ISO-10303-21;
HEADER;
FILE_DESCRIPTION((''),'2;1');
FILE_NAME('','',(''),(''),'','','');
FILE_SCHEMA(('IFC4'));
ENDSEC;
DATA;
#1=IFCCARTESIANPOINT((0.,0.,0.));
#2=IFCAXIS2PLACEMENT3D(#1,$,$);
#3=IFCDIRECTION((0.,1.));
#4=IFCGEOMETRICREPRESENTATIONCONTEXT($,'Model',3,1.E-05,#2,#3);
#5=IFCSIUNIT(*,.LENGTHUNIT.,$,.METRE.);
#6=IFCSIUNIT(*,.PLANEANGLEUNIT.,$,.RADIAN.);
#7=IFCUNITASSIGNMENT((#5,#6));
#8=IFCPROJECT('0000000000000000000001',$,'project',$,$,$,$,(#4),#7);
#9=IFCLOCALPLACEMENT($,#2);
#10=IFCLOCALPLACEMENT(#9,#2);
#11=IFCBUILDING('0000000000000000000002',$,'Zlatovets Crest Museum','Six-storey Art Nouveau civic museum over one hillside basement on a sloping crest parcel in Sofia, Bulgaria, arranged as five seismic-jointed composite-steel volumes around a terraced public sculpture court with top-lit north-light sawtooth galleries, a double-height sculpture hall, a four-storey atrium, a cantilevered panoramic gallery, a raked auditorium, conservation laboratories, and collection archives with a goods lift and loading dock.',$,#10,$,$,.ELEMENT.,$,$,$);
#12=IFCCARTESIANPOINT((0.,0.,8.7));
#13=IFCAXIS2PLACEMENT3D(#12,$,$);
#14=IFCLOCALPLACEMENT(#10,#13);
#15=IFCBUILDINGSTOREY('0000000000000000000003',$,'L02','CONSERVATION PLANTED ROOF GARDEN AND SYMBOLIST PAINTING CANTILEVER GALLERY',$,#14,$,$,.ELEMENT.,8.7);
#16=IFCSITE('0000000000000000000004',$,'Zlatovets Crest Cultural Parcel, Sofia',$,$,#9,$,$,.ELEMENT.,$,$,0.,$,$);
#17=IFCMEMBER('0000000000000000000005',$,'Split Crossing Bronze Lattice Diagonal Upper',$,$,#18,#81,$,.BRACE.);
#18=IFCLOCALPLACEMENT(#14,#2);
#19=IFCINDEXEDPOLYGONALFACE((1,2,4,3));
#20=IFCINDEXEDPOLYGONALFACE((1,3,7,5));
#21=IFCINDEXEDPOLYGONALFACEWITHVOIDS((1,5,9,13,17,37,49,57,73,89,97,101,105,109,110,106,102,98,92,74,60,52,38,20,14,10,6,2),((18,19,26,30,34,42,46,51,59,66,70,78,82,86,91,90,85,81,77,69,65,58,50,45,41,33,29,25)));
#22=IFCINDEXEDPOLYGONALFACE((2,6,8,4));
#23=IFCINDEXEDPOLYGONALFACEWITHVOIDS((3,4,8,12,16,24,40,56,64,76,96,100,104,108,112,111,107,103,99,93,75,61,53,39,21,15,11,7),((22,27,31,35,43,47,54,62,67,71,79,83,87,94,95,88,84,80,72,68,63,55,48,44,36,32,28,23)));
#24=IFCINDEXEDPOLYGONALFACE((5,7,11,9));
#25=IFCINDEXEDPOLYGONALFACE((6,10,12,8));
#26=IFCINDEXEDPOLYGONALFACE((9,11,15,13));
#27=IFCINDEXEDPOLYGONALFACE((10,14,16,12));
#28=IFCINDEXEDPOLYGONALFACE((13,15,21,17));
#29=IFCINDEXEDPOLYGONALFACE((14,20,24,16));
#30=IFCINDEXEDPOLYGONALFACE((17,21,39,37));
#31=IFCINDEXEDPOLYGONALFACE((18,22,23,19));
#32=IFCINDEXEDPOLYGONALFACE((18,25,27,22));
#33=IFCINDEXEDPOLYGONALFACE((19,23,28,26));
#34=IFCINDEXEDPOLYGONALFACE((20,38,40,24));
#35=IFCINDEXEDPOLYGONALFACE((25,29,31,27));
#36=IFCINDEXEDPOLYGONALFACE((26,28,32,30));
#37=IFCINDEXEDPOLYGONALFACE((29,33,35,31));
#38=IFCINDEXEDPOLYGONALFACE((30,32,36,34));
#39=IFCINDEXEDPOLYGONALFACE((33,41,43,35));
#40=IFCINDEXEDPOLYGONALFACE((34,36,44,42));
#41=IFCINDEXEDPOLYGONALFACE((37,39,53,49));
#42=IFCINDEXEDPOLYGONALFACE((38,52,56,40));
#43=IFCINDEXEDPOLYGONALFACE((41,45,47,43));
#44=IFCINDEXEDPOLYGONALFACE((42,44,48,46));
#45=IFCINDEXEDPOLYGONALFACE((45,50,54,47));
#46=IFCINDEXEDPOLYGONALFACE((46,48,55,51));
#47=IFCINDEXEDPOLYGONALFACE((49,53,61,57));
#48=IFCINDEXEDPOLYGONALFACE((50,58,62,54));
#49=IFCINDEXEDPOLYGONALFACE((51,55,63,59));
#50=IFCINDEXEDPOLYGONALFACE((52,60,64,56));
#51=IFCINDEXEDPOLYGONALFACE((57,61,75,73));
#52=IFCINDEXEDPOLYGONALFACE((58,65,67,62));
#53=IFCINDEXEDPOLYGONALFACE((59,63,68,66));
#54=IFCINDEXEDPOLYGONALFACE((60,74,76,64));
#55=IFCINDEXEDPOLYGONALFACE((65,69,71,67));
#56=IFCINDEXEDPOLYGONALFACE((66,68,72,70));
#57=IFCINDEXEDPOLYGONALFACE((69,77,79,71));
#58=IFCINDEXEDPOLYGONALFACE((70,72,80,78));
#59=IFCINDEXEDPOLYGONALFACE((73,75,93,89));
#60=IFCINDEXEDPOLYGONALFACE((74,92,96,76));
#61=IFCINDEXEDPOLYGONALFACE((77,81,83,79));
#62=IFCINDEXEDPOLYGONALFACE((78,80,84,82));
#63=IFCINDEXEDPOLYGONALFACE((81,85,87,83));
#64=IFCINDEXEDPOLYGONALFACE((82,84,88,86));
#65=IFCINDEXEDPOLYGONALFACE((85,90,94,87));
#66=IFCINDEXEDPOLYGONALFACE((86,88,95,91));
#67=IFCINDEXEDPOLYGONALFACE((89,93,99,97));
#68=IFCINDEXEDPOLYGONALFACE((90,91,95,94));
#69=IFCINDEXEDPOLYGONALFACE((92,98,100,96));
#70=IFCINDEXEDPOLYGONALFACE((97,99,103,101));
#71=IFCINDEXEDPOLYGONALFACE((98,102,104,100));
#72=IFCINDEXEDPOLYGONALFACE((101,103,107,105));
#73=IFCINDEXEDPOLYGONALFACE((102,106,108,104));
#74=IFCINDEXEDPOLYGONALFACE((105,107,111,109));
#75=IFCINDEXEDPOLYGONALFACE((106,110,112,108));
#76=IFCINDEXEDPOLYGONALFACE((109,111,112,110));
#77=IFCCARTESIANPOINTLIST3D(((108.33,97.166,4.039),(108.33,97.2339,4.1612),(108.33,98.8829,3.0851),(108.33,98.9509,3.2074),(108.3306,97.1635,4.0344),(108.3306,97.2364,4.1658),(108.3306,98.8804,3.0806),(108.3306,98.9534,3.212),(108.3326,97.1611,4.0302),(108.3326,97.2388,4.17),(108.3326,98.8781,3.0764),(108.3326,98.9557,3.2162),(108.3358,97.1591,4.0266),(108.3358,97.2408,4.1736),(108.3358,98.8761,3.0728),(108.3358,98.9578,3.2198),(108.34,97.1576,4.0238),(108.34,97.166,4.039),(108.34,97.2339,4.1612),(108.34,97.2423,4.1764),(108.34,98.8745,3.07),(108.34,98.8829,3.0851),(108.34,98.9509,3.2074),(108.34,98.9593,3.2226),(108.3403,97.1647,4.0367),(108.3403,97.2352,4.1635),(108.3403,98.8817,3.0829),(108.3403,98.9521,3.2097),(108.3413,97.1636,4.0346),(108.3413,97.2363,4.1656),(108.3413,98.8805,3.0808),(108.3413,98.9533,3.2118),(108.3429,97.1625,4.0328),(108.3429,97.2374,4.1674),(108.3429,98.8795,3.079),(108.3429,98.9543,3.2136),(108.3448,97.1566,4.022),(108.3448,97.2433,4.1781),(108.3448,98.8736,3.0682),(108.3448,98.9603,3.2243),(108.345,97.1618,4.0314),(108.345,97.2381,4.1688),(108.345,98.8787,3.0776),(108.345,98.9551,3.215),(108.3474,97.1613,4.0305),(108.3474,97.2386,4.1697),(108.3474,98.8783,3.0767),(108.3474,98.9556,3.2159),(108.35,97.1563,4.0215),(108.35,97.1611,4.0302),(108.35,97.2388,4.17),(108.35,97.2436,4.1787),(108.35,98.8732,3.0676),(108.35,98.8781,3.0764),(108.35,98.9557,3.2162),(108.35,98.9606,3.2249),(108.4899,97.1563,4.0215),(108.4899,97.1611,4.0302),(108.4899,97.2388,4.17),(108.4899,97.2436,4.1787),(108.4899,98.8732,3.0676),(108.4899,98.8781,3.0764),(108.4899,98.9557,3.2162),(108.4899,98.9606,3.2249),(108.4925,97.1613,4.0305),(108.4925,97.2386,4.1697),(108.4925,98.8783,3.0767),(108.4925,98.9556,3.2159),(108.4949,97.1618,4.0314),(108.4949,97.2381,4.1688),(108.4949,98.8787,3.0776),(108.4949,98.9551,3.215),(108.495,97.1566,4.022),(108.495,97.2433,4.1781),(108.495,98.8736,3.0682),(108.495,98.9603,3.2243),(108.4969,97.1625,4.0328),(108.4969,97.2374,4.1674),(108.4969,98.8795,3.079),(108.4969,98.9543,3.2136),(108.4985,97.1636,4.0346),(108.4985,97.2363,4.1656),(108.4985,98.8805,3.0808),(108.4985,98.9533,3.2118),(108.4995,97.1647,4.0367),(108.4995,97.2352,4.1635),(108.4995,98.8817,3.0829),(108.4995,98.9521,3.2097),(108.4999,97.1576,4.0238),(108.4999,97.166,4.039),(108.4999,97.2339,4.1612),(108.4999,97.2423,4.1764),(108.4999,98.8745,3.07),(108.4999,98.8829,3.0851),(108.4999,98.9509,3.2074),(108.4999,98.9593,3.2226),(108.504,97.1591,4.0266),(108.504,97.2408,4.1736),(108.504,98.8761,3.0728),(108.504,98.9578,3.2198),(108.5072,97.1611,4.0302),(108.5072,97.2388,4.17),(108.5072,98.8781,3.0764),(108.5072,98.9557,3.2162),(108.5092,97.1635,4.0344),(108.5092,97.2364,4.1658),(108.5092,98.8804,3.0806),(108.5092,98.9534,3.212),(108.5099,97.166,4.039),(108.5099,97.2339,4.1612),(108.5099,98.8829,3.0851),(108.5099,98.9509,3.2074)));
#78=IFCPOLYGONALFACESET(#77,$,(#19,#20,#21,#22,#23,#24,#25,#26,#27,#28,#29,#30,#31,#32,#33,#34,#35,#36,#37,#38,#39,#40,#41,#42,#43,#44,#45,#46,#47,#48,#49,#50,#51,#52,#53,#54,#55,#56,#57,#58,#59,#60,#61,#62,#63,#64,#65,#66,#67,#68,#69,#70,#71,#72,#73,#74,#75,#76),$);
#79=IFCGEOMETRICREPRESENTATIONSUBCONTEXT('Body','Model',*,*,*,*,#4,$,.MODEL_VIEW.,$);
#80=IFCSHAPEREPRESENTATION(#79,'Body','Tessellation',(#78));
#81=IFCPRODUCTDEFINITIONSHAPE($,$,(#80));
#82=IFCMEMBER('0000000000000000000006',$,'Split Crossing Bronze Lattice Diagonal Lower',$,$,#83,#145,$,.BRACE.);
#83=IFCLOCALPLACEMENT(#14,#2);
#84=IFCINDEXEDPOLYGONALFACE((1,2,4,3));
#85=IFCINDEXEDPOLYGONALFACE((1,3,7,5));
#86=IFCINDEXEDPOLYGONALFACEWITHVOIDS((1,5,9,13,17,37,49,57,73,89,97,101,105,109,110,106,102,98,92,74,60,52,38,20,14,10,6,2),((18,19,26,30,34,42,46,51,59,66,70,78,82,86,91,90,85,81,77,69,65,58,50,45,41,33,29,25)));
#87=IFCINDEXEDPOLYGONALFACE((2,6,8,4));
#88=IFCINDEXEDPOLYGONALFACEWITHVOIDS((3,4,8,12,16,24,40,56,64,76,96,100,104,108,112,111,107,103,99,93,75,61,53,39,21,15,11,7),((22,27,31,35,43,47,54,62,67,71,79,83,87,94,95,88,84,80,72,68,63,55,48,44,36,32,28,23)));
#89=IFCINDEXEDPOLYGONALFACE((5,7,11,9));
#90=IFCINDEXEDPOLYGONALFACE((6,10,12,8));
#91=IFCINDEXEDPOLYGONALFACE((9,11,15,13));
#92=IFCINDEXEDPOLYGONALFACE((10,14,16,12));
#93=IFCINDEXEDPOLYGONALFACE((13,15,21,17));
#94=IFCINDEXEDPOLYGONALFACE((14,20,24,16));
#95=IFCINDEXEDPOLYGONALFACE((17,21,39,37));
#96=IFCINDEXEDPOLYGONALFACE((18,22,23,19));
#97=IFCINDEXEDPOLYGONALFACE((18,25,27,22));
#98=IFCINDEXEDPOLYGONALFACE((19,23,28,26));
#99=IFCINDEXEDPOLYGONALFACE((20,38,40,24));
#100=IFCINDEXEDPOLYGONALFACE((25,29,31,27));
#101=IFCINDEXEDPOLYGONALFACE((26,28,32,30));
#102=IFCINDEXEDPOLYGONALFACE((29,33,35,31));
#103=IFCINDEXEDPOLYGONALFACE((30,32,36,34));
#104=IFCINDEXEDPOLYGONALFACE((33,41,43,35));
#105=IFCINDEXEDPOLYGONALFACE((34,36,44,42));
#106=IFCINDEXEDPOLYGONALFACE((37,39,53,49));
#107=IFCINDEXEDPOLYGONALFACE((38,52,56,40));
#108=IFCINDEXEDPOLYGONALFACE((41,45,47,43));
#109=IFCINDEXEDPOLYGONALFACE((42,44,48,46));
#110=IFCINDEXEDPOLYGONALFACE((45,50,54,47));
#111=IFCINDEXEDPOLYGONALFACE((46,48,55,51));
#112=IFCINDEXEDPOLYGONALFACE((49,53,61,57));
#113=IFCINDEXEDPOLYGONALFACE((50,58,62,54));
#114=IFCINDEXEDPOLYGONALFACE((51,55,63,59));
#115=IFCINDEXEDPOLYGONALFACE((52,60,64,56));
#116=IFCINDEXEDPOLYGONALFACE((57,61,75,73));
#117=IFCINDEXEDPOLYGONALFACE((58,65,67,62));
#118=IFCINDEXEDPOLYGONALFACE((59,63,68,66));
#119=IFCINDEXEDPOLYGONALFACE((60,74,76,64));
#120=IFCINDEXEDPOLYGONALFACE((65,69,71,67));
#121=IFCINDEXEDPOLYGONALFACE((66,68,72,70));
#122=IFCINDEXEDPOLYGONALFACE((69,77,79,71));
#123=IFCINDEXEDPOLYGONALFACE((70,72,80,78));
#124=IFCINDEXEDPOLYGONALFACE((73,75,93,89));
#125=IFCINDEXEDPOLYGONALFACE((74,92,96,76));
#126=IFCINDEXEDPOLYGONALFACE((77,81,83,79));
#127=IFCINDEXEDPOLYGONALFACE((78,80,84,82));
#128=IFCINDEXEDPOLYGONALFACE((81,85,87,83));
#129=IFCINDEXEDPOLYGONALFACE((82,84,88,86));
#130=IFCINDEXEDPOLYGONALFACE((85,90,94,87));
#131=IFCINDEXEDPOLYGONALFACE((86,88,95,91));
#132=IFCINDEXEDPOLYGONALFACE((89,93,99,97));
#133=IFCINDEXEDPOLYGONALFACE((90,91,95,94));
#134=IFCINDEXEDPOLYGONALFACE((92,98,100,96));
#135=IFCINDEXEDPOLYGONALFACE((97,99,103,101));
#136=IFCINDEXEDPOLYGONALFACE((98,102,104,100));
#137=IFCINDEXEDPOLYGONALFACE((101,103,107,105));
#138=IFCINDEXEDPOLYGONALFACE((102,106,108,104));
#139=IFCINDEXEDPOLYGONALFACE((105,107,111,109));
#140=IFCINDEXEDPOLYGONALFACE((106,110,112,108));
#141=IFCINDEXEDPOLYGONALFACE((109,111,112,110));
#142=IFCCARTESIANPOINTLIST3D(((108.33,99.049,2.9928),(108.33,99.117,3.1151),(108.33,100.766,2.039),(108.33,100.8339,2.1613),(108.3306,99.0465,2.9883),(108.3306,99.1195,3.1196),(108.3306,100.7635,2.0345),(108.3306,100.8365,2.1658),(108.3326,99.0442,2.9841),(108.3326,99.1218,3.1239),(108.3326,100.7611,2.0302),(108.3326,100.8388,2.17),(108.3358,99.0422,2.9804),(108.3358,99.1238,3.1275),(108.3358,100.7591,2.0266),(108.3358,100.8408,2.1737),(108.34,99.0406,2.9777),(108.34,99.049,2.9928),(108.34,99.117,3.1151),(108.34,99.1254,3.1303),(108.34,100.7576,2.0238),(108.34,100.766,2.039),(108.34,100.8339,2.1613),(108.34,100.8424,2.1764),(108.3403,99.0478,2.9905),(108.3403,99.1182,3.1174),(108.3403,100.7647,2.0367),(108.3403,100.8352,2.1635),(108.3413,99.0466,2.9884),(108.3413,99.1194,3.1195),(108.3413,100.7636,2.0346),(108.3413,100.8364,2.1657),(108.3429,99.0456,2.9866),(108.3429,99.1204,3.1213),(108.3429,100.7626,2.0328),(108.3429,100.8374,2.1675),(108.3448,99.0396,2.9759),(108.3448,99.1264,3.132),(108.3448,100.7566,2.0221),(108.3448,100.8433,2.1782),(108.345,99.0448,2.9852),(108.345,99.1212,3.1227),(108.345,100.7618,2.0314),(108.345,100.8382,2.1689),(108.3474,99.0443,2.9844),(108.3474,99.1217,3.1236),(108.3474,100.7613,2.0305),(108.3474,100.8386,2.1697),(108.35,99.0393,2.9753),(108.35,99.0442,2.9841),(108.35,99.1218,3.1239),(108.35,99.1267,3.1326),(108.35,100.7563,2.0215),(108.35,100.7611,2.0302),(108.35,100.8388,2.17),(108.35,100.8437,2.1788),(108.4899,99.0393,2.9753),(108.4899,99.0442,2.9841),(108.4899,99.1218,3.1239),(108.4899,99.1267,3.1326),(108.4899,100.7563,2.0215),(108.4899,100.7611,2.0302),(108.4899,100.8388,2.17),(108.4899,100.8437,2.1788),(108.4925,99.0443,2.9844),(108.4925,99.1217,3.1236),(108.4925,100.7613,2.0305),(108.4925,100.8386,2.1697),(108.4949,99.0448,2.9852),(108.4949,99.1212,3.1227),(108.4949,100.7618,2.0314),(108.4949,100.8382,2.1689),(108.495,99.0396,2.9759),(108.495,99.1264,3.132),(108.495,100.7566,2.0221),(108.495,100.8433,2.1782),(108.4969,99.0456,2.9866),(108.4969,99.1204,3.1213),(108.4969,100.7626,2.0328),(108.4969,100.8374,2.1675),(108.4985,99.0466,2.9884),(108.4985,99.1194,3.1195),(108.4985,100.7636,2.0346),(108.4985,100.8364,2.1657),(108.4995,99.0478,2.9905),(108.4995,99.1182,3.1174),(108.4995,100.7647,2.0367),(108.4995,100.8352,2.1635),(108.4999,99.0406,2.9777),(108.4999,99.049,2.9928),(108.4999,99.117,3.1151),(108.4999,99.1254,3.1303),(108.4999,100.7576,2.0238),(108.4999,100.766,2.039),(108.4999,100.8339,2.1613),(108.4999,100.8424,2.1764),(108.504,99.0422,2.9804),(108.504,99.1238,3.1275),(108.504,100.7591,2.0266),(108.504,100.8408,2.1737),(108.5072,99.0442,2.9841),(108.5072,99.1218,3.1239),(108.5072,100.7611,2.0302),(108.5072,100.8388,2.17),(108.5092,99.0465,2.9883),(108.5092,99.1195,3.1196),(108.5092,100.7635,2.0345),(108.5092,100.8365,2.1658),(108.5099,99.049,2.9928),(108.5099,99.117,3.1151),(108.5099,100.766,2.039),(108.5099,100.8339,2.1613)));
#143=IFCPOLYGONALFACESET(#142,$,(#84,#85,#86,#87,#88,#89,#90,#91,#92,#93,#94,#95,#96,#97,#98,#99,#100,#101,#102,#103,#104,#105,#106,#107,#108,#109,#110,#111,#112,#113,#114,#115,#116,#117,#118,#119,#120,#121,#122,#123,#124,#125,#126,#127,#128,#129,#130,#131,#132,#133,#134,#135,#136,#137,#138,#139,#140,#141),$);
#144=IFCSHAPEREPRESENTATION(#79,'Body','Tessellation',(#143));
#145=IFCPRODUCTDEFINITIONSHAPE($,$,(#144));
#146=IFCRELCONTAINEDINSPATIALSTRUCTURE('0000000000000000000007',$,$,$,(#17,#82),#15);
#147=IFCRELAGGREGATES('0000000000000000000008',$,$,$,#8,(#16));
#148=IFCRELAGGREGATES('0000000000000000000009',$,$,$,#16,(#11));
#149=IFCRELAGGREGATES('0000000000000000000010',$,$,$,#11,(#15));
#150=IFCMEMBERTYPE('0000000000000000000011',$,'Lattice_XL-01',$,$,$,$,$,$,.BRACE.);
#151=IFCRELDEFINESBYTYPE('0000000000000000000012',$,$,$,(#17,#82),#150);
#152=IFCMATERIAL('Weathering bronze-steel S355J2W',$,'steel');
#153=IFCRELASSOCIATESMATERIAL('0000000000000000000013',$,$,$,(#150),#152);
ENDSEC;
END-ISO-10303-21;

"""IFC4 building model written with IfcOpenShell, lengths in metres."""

from ifc_helpers import new_model, si_unit, direction, frame, origin, origin_2d, place, context, subcontext, project, spatial, hollow_rectangle, extrude, material, material_profile, profile_set, type_object, element, save


model = new_model("IFC4")

# Units and contexts
model_context = context("Model", 3, precision=1e-05, world=origin(), true_north=direction((0.0, 1.0)))
body_context = subcontext(model_context, "Body", "Model", "MODEL_VIEW")
ifc_project = project(units=[si_unit("LENGTHUNIT", "METRE"), si_unit("PLANEANGLEUNIT", "RADIAN")], contexts=[model_context])

# Site, building, storey
site_placement = place(None, origin())
site = spatial("IfcSite", under=ifc_project, at=site_placement, Name="Zlatovets Crest Cultural Parcel, Sofia", CompositionType="ELEMENT", RefElevation=0.0)
building_placement = place(site_placement, origin())
building = spatial("IfcBuilding", under=site, at=building_placement, Name="Zlatovets Crest Museum", Description="Six-storey Art Nouveau civic museum over one hillside basement on a sloping crest parcel in Sofia, Bulgaria, arranged as five seismic-jointed composite-steel volumes around a terraced public sculpture court with top-lit north-light sawtooth galleries, a double-height sculpture hall, a four-storey atrium, a cantilevered panoramic gallery, a raked auditorium, conservation laboratories, and collection archives with a goods lift and loading dock.", CompositionType="ELEMENT")
storey_placement = place(building_placement, frame((0.0, 0.0, 8.7)))
storey = spatial("IfcBuildingStorey", under=building, at=storey_placement, Name="L02", Description="CONSERVATION PLANTED ROOF GARDEN AND SYMBOLIST PAINTING CANTILEVER GALLERY", CompositionType="ELEMENT", Elevation=8.7)

# Members
ifc_material_1 = material(Name="Weathering bronze-steel S355J2W", Category="steel")
ifc_material_profile_1 = material_profile(ifc_material_1, hollow_rectangle(XDim=0.1799, YDim=0.1799, WallThickness=0.01, InnerFilletRadius=0.01, OuterFilletRadius=0.02, at=origin_2d()), Name="SHS 180x180x10.0")
ifc_profile_set_1 = profile_set([ifc_material_profile_1], Name="Weathering bronze-steel S355J2W")
member_type_1 = type_object("IfcMemberType", Name="Lattice_XL-01", PredefinedType="BRACE", material=ifc_profile_set_1)
for number, where, z_axis, x_axis, name in (
    (1, (108.4199, 97.2, 4.1001), (0.0, 0.874169, -0.485622), (-1.0, 0.0, 0.0), "Split Crossing Bronze Lattice Diagonal Upper"),
    (2, (108.4199, 99.083, 3.054), (0.0, 0.874169, -0.485622), (-1.0, 0.0, 0.0), "Split Crossing Bronze Lattice Diagonal Lower"),
):
    element("IfcMember", number, at=place(storey_placement, frame(where, z_axis=z_axis, x_axis=x_axis)), inside=storey, type_object=member_type_1, Name=name, PredefinedType="BRACE", context=body_context, shape_type="SweptSolid", body=[
        extrude(hollow_rectangle(XDim=0.1799, YDim=0.1799, WallThickness=0.01, InnerFilletRadius=0.01, OuterFilletRadius=0.02, at=origin_2d()), origin(), (0.0, 0.0, 1.0), 1.9641),
    ])

save(model, "model.ifc")
